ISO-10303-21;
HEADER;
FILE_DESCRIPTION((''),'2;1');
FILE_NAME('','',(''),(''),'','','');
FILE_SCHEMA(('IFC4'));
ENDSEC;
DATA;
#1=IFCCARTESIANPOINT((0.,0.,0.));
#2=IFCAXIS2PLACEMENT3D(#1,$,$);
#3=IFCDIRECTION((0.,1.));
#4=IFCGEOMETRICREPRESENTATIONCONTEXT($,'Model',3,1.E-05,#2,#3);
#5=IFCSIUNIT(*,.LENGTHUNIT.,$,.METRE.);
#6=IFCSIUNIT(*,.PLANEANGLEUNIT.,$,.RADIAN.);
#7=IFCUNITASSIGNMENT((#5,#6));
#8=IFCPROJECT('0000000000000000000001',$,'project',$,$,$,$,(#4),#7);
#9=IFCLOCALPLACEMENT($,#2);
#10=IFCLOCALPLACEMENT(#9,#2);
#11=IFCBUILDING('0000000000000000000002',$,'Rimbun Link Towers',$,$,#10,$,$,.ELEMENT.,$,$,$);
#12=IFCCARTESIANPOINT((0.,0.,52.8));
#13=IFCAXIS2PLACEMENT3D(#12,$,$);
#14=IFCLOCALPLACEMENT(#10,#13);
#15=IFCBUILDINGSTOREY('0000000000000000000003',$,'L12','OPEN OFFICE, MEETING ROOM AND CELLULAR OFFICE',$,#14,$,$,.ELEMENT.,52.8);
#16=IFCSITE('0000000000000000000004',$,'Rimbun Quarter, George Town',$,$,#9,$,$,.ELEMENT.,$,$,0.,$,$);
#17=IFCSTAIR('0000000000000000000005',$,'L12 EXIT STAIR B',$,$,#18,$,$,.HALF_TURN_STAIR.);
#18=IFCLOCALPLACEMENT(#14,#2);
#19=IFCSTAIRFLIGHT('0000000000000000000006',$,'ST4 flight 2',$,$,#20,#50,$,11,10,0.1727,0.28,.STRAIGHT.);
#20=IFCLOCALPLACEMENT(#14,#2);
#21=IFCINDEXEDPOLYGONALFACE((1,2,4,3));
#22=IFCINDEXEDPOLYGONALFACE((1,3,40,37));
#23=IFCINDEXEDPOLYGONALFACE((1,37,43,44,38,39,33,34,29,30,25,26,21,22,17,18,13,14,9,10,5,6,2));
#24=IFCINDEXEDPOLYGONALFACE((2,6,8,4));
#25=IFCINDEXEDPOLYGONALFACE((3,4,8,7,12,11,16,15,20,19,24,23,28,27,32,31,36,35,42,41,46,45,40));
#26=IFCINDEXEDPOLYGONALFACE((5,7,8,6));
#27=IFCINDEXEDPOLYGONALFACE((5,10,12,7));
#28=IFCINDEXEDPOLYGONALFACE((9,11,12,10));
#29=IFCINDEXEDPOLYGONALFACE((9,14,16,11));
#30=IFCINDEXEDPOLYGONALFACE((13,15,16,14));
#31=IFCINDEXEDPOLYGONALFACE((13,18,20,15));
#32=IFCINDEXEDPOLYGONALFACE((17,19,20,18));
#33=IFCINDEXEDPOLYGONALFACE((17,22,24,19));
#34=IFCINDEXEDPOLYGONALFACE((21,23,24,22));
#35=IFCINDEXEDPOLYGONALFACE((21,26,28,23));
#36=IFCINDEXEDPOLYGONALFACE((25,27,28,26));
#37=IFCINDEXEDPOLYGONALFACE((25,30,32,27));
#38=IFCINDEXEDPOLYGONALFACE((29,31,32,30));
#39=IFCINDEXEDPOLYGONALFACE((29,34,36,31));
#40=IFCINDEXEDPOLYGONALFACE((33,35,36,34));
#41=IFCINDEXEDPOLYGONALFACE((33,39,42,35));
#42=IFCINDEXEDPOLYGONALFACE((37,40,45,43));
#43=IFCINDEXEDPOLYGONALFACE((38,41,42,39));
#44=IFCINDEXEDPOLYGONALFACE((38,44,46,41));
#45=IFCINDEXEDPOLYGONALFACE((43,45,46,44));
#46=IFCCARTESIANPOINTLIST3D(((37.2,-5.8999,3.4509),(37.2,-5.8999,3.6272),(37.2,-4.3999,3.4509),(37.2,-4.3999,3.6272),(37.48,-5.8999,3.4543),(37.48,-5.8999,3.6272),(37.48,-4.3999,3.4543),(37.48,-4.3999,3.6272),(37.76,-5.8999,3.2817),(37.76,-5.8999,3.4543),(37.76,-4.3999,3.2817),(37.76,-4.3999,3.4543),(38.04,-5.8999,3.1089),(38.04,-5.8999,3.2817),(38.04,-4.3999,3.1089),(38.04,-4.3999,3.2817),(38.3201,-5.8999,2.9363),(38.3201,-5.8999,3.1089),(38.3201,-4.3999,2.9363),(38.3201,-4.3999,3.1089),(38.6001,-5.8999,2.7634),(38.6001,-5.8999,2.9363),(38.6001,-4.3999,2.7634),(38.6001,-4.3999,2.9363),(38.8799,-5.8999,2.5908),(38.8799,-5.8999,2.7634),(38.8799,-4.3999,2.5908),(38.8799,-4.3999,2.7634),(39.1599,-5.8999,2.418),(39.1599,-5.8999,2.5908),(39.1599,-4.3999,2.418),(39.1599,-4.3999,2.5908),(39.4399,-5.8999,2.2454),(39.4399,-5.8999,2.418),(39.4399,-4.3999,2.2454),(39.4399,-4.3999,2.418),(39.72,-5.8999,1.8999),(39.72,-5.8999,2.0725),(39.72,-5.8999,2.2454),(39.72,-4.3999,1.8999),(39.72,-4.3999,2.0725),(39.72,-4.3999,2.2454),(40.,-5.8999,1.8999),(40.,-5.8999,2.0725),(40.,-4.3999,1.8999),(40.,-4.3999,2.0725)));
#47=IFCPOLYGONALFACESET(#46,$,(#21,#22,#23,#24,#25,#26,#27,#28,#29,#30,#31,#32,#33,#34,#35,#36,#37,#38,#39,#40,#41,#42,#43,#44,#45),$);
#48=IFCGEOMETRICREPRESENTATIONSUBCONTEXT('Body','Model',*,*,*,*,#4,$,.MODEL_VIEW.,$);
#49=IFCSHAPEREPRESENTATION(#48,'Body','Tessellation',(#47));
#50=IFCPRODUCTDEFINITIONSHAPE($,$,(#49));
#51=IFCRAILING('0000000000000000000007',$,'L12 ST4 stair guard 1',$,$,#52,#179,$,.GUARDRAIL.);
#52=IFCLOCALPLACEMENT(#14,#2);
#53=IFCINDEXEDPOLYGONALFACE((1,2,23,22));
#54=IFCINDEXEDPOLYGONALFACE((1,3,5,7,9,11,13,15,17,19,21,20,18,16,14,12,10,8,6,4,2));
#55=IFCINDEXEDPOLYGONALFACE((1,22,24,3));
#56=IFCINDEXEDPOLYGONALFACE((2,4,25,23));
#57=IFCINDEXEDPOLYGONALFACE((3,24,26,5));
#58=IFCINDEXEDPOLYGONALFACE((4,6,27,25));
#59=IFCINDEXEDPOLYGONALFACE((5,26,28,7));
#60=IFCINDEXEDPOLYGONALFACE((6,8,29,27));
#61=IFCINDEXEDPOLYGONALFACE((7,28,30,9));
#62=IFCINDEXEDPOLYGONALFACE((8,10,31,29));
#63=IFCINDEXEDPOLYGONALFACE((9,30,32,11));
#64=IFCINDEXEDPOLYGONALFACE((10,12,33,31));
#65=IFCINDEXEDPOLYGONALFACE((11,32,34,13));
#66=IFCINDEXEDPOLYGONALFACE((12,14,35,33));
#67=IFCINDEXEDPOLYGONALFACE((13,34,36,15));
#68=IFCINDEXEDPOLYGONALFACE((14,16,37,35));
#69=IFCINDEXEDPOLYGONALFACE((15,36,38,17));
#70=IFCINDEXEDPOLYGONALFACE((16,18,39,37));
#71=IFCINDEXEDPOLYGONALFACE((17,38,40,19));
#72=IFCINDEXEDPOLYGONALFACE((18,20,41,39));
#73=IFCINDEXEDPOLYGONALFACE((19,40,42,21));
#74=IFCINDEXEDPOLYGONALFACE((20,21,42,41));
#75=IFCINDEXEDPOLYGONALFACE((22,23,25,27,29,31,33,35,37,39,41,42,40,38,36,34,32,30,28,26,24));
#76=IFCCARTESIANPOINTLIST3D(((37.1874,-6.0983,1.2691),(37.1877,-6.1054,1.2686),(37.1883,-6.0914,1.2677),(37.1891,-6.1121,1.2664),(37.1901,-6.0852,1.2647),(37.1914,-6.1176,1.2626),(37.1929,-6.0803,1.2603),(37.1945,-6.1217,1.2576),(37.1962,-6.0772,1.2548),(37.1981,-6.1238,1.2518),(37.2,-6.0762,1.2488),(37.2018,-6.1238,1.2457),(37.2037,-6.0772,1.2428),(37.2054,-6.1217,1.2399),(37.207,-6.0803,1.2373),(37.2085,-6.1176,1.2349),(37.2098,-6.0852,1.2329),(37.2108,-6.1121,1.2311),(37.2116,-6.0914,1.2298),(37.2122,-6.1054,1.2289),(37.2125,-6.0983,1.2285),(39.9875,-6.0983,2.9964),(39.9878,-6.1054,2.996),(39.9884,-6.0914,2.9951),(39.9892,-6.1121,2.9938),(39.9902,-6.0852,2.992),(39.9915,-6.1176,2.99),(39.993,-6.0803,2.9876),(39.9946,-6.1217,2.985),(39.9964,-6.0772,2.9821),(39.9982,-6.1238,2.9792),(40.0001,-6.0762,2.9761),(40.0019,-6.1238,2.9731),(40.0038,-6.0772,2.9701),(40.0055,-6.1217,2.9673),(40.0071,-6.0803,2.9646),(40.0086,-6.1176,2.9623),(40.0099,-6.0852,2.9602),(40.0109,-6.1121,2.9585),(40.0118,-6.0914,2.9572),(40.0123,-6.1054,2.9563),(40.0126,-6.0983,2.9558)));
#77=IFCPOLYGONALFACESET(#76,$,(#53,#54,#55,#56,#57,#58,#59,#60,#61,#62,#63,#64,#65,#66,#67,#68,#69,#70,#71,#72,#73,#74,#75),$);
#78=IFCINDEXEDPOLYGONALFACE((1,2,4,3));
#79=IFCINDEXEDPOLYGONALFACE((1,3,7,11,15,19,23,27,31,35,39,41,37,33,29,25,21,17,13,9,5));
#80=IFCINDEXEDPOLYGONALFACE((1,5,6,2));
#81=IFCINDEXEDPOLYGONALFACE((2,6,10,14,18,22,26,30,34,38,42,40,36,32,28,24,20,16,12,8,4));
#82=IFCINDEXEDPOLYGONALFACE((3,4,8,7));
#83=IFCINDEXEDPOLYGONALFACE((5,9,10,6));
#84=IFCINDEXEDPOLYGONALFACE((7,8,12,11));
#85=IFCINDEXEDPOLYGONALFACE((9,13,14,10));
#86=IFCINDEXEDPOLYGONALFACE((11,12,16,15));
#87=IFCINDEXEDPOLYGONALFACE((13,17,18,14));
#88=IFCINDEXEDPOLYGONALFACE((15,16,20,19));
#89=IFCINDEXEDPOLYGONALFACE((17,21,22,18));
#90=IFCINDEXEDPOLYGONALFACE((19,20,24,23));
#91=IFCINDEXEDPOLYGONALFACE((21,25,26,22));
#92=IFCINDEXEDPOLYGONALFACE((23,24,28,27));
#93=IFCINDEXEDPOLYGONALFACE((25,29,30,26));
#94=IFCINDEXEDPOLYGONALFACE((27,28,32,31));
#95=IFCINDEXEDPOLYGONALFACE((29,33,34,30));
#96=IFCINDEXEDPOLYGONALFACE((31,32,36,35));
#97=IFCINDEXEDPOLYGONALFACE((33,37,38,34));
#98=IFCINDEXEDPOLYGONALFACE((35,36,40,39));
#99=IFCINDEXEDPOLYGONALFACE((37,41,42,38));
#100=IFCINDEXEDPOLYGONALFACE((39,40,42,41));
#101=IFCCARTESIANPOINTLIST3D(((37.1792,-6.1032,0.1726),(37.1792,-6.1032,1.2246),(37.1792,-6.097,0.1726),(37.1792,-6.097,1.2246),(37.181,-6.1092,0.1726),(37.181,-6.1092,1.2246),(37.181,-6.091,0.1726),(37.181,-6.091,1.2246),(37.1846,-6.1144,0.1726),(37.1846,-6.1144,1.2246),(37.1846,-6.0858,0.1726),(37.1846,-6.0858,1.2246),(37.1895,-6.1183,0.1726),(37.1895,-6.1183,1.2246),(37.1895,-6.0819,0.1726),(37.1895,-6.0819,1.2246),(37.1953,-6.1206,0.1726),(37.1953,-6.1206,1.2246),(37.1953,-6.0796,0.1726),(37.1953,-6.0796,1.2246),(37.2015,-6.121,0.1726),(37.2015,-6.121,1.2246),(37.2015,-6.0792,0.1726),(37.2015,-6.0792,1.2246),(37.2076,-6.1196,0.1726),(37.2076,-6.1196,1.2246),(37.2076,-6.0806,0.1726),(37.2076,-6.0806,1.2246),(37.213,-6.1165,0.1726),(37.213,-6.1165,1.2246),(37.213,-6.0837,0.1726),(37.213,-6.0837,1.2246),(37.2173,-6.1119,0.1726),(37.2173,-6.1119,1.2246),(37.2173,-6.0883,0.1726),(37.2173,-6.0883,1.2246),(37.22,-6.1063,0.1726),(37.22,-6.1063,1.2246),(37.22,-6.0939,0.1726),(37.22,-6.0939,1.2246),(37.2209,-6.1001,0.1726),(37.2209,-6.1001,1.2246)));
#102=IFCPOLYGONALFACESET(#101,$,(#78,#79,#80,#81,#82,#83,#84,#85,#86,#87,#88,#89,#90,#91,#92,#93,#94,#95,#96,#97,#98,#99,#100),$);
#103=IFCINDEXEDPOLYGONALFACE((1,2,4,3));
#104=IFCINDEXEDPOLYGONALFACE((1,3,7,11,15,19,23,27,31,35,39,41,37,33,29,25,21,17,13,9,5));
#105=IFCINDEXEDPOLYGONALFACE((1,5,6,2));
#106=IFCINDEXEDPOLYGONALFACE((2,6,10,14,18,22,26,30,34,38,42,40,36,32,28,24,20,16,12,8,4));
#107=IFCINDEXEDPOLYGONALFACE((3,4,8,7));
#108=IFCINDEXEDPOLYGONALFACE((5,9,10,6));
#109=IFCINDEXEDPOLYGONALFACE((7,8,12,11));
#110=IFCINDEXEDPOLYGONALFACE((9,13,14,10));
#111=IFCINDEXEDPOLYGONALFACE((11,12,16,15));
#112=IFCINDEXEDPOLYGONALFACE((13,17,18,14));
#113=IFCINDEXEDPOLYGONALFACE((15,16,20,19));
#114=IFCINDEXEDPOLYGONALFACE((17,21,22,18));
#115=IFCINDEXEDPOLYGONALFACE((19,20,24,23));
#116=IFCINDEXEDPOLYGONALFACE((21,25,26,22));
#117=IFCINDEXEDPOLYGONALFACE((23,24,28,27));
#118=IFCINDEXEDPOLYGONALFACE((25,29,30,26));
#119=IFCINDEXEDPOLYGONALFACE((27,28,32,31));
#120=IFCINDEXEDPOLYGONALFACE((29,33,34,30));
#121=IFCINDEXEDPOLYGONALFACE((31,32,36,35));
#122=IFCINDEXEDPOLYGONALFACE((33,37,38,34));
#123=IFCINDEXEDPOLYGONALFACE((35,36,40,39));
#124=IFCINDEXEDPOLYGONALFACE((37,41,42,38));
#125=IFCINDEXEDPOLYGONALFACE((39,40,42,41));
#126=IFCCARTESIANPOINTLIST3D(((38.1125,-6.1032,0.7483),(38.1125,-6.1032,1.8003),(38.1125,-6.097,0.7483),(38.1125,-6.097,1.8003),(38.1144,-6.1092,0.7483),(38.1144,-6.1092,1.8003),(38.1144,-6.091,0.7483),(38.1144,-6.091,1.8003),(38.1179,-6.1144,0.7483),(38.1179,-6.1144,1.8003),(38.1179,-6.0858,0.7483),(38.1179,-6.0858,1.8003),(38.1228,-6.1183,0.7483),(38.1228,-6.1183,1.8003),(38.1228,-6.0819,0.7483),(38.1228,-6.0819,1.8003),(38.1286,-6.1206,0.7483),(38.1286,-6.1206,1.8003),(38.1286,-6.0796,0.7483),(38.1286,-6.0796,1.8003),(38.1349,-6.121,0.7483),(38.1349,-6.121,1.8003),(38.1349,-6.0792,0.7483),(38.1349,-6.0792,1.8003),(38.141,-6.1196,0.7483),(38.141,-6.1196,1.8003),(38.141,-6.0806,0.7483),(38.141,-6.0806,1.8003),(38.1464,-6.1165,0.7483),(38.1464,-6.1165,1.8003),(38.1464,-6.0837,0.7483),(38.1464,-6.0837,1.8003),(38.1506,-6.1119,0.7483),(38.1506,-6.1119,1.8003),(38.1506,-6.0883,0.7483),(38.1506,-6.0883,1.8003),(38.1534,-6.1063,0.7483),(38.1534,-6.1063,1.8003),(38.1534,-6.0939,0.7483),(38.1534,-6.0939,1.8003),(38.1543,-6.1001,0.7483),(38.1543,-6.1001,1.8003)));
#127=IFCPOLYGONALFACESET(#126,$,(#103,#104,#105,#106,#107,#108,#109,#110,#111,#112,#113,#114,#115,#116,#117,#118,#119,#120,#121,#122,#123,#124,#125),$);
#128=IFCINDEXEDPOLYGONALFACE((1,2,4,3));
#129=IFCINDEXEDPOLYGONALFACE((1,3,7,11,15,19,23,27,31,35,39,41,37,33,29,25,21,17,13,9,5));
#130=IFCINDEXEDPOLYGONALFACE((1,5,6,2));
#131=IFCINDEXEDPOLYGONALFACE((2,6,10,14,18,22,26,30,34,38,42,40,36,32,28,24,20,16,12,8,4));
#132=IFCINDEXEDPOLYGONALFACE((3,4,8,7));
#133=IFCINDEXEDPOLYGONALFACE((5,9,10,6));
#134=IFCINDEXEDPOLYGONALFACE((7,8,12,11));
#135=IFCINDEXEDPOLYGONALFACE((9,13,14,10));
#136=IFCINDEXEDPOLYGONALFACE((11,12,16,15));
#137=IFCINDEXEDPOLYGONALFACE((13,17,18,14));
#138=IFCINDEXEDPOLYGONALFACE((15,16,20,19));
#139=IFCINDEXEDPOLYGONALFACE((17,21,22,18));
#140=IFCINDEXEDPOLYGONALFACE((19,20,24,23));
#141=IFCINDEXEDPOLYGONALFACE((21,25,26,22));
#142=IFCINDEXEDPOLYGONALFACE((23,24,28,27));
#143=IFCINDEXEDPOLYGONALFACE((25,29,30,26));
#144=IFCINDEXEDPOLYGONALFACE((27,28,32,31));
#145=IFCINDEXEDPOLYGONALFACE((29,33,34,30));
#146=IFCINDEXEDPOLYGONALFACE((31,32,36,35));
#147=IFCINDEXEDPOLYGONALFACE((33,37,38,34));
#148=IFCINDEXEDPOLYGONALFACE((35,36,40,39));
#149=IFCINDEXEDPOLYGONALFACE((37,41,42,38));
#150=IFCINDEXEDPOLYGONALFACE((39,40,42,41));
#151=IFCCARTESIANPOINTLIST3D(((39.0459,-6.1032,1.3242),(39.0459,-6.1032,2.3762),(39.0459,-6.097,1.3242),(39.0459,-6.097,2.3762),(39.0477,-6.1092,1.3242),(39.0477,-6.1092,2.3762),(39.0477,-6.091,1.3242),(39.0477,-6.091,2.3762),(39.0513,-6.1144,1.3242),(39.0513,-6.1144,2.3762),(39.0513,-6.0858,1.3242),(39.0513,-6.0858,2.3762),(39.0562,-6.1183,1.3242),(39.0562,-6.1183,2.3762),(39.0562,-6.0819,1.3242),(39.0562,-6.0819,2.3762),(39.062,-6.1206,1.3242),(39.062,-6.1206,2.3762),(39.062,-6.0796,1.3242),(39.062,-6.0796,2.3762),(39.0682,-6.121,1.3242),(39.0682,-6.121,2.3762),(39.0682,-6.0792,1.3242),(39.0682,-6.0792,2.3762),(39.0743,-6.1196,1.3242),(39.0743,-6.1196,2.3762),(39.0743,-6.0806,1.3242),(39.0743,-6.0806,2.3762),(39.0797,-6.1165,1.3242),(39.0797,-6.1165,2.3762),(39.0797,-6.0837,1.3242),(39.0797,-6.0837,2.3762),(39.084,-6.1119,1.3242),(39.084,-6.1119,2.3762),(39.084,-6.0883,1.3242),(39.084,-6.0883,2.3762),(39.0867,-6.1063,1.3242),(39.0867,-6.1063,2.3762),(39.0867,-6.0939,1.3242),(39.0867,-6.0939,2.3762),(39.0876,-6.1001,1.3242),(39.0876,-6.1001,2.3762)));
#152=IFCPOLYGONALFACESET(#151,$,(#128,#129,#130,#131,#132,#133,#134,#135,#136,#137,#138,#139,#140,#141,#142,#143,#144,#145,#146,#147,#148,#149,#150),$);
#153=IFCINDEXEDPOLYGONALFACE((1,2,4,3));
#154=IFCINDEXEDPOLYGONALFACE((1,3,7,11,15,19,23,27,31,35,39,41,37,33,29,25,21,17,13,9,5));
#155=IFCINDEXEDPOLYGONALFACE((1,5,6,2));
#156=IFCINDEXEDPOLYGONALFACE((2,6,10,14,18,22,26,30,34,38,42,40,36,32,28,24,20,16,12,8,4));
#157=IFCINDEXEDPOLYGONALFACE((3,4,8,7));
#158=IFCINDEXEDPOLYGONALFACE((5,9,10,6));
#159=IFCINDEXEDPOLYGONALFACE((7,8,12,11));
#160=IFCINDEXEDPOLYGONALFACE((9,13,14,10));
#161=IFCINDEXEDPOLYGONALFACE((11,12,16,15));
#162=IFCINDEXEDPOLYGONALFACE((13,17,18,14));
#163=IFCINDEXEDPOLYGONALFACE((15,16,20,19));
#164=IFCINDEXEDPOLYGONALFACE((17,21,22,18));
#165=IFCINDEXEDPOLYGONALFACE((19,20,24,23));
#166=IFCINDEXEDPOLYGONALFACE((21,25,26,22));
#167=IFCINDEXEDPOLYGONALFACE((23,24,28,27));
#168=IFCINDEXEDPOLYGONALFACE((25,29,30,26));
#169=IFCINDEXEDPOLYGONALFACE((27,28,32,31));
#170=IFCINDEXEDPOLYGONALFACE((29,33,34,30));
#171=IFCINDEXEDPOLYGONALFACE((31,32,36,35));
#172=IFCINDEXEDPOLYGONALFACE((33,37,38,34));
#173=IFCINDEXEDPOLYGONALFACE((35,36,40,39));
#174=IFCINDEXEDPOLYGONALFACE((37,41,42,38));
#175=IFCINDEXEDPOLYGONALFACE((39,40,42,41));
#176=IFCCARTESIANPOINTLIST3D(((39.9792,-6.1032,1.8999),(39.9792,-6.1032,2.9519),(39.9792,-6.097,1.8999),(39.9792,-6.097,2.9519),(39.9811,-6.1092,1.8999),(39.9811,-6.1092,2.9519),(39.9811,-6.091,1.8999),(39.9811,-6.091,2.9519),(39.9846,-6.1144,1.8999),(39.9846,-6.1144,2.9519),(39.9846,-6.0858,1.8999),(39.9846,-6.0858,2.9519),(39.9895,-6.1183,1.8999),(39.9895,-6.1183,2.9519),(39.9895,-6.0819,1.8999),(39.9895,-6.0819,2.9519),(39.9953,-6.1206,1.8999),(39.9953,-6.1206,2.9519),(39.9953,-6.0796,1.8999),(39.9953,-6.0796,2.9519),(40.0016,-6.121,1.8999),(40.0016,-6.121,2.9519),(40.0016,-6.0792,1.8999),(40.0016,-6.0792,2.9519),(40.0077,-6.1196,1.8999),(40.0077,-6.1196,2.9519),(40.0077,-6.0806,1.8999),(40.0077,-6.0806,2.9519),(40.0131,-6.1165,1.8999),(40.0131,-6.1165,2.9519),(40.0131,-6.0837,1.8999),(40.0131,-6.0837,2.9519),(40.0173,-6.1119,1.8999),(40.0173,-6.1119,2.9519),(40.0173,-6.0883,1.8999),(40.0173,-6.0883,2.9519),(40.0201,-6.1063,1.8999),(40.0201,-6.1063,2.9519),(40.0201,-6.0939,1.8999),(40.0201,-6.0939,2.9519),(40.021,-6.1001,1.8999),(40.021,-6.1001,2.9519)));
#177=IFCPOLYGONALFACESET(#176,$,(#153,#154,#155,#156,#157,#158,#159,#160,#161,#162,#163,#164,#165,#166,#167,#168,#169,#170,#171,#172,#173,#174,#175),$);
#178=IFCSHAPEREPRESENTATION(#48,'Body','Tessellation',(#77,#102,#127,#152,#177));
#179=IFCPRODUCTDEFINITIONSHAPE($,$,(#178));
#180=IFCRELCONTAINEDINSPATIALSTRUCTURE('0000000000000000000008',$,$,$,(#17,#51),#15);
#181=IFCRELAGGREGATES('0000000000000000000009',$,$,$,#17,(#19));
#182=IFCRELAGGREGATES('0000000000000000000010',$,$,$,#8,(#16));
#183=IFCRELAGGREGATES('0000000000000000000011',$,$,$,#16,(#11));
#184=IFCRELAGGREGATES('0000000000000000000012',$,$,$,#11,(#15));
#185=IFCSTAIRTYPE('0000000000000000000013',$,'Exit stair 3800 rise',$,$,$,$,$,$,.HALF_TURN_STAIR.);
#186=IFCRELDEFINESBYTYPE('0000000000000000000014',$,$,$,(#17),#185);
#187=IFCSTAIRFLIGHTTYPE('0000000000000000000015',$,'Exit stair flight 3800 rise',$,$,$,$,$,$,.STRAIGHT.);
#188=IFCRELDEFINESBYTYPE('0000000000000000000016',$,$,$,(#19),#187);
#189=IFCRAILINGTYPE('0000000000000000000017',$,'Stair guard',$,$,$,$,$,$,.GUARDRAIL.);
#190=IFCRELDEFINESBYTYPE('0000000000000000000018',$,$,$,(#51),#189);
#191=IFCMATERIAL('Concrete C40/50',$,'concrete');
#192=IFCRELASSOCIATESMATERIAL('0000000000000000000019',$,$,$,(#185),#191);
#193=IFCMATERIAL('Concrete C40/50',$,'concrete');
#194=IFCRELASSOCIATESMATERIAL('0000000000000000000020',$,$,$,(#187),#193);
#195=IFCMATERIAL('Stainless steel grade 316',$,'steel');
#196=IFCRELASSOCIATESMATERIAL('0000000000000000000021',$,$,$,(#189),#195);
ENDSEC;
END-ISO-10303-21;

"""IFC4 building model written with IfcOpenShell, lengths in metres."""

from ifc_helpers import new_model, si_unit, direction, frame, origin, origin_2d, place, context, subcontext, project, spatial, polyline, circle, outline, extrude, material, type_object, element, aggregate, save


model = new_model("IFC4")

# Units and contexts
model_context = context("Model", 3, precision=1e-05, world=origin(), true_north=direction((0.0, 1.0)))
body_context = subcontext(model_context, "Body", "Model", "MODEL_VIEW")
ifc_project = project(units=[si_unit("LENGTHUNIT", "METRE"), si_unit("PLANEANGLEUNIT", "RADIAN")], contexts=[model_context])

# Site, building, storey
site_placement = place(None, origin())
site = spatial("IfcSite", under=ifc_project, at=site_placement, Name="Rimbun Quarter, George Town", CompositionType="ELEMENT", RefElevation=0.0)
building_placement = place(site_placement, origin())
building = spatial("IfcBuilding", under=site, at=building_placement, Name="Rimbun Link Towers", CompositionType="ELEMENT")
storey_placement = place(building_placement, frame((0.0, 0.0, 52.8)))
storey = spatial("IfcBuildingStorey", under=building, at=storey_placement, Name="L12", Description="OPEN OFFICE, MEETING ROOM AND CELLULAR OFFICE", CompositionType="ELEMENT", Elevation=52.8)

# Stair, stair flight
ifc_material_1 = material(Name="Concrete C40/50", Category="concrete")
stair_type = type_object("IfcStairType", Name="Exit stair 3800 rise", PredefinedType="HALF_TURN_STAIR", material=ifc_material_1)
stair_placement = place(storey_placement, origin())
stair = element("IfcStair", 1, at=stair_placement, inside=storey, type_object=stair_type, Name="L12 EXIT STAIR B", PredefinedType="HALF_TURN_STAIR")
ifc_material_2 = material(Name="Concrete C40/50", Category="concrete")
stair_flight_type = type_object("IfcStairFlightType", Name="Exit stair flight 3800 rise", PredefinedType="STRAIGHT", material=ifc_material_2)
stair_flight_1_placement = place(storey_placement, frame((40.0, -5.1499, 1.8999), z_axis=(0.0, 0.0, 1.0), x_axis=(-1.0, 0.0, 0.0)))
stair_flight_1 = element("IfcStairFlight", 2, at=stair_flight_1_placement, type_object=stair_flight_type, Name="ST4 flight 2", NumberOfRisers=11, NumberOfTreads=10, PredefinedType="STRAIGHT", RiserHeight=0.1727, TreadLength=0.28, context=body_context, shape_type="SweptSolid", body=[
    extrude(outline(polyline([(0.0, 0.0), (0.0, 0.1726), (0.28, 0.1726), (0.28, 0.3455), (0.5601, 0.3455), (0.5601, 0.5181), (0.8401, 0.5181), (0.8401, 0.6909), (1.1201, 0.6909), (1.1201, 0.8635), (1.3999, 0.8635), (1.3999, 1.0364), (1.6799, 1.0364), (1.6799, 1.209), (1.96, 1.209), (1.96, 1.3818), (2.24, 1.3818), (2.24, 1.5544), (2.52, 1.5544), (2.52, 1.7273), (2.8, 1.7273), (2.8, 1.8999), (2.8, 1.551), (0.28, 0.0), (0.0, 0.0)])), frame((0.0, 0.75, 0.0), z_axis=(0.0, -1.0, 0.0), x_axis=(1.0, 0.0, 0.0)), (0.0, 0.0, 1.0), 1.5),
])
aggregate(stair, [stair_flight_1])

# Railing
ifc_material_3 = material(Name="Stainless steel grade 316", Category="steel")
railing_type_1 = type_object("IfcRailingType", Name="Stair guard", PredefinedType="GUARDRAIL", material=ifc_material_3)
railing_1_placement = place(storey_placement, frame((37.2, -6.1001, 0.1726)))
element("IfcRailing", 3, at=railing_1_placement, inside=storey, type_object=railing_type_1, Name="L12 ST4 stair guard 1", PredefinedType="GUARDRAIL", context=body_context, shape_type="SweptSolid", body=[
    extrude(circle(Radius=0.0239, at=origin_2d()), frame((0.0, 0.0, 1.0762), z_axis=(0.85109, 0.0, 0.52502), x_axis=(0.0, 1.0, 0.0)), (0.0, 0.0, 1.0), 3.29),
    extrude(circle(Radius=0.021, at=origin_2d()), origin(), (0.0, 0.0, 1.0), 1.052),
    extrude(circle(Radius=0.021, at=origin_2d()), frame((0.9333, 0.0, 0.5757)), (0.0, 0.0, 1.0), 1.052),
    extrude(circle(Radius=0.021, at=origin_2d()), frame((1.8667, 0.0, 1.1516)), (0.0, 0.0, 1.0), 1.052),
    extrude(circle(Radius=0.021, at=origin_2d()), frame((2.8, 0.0, 1.7273)), (0.0, 0.0, 1.0), 1.052),
])

save(model, "model.ifc")
